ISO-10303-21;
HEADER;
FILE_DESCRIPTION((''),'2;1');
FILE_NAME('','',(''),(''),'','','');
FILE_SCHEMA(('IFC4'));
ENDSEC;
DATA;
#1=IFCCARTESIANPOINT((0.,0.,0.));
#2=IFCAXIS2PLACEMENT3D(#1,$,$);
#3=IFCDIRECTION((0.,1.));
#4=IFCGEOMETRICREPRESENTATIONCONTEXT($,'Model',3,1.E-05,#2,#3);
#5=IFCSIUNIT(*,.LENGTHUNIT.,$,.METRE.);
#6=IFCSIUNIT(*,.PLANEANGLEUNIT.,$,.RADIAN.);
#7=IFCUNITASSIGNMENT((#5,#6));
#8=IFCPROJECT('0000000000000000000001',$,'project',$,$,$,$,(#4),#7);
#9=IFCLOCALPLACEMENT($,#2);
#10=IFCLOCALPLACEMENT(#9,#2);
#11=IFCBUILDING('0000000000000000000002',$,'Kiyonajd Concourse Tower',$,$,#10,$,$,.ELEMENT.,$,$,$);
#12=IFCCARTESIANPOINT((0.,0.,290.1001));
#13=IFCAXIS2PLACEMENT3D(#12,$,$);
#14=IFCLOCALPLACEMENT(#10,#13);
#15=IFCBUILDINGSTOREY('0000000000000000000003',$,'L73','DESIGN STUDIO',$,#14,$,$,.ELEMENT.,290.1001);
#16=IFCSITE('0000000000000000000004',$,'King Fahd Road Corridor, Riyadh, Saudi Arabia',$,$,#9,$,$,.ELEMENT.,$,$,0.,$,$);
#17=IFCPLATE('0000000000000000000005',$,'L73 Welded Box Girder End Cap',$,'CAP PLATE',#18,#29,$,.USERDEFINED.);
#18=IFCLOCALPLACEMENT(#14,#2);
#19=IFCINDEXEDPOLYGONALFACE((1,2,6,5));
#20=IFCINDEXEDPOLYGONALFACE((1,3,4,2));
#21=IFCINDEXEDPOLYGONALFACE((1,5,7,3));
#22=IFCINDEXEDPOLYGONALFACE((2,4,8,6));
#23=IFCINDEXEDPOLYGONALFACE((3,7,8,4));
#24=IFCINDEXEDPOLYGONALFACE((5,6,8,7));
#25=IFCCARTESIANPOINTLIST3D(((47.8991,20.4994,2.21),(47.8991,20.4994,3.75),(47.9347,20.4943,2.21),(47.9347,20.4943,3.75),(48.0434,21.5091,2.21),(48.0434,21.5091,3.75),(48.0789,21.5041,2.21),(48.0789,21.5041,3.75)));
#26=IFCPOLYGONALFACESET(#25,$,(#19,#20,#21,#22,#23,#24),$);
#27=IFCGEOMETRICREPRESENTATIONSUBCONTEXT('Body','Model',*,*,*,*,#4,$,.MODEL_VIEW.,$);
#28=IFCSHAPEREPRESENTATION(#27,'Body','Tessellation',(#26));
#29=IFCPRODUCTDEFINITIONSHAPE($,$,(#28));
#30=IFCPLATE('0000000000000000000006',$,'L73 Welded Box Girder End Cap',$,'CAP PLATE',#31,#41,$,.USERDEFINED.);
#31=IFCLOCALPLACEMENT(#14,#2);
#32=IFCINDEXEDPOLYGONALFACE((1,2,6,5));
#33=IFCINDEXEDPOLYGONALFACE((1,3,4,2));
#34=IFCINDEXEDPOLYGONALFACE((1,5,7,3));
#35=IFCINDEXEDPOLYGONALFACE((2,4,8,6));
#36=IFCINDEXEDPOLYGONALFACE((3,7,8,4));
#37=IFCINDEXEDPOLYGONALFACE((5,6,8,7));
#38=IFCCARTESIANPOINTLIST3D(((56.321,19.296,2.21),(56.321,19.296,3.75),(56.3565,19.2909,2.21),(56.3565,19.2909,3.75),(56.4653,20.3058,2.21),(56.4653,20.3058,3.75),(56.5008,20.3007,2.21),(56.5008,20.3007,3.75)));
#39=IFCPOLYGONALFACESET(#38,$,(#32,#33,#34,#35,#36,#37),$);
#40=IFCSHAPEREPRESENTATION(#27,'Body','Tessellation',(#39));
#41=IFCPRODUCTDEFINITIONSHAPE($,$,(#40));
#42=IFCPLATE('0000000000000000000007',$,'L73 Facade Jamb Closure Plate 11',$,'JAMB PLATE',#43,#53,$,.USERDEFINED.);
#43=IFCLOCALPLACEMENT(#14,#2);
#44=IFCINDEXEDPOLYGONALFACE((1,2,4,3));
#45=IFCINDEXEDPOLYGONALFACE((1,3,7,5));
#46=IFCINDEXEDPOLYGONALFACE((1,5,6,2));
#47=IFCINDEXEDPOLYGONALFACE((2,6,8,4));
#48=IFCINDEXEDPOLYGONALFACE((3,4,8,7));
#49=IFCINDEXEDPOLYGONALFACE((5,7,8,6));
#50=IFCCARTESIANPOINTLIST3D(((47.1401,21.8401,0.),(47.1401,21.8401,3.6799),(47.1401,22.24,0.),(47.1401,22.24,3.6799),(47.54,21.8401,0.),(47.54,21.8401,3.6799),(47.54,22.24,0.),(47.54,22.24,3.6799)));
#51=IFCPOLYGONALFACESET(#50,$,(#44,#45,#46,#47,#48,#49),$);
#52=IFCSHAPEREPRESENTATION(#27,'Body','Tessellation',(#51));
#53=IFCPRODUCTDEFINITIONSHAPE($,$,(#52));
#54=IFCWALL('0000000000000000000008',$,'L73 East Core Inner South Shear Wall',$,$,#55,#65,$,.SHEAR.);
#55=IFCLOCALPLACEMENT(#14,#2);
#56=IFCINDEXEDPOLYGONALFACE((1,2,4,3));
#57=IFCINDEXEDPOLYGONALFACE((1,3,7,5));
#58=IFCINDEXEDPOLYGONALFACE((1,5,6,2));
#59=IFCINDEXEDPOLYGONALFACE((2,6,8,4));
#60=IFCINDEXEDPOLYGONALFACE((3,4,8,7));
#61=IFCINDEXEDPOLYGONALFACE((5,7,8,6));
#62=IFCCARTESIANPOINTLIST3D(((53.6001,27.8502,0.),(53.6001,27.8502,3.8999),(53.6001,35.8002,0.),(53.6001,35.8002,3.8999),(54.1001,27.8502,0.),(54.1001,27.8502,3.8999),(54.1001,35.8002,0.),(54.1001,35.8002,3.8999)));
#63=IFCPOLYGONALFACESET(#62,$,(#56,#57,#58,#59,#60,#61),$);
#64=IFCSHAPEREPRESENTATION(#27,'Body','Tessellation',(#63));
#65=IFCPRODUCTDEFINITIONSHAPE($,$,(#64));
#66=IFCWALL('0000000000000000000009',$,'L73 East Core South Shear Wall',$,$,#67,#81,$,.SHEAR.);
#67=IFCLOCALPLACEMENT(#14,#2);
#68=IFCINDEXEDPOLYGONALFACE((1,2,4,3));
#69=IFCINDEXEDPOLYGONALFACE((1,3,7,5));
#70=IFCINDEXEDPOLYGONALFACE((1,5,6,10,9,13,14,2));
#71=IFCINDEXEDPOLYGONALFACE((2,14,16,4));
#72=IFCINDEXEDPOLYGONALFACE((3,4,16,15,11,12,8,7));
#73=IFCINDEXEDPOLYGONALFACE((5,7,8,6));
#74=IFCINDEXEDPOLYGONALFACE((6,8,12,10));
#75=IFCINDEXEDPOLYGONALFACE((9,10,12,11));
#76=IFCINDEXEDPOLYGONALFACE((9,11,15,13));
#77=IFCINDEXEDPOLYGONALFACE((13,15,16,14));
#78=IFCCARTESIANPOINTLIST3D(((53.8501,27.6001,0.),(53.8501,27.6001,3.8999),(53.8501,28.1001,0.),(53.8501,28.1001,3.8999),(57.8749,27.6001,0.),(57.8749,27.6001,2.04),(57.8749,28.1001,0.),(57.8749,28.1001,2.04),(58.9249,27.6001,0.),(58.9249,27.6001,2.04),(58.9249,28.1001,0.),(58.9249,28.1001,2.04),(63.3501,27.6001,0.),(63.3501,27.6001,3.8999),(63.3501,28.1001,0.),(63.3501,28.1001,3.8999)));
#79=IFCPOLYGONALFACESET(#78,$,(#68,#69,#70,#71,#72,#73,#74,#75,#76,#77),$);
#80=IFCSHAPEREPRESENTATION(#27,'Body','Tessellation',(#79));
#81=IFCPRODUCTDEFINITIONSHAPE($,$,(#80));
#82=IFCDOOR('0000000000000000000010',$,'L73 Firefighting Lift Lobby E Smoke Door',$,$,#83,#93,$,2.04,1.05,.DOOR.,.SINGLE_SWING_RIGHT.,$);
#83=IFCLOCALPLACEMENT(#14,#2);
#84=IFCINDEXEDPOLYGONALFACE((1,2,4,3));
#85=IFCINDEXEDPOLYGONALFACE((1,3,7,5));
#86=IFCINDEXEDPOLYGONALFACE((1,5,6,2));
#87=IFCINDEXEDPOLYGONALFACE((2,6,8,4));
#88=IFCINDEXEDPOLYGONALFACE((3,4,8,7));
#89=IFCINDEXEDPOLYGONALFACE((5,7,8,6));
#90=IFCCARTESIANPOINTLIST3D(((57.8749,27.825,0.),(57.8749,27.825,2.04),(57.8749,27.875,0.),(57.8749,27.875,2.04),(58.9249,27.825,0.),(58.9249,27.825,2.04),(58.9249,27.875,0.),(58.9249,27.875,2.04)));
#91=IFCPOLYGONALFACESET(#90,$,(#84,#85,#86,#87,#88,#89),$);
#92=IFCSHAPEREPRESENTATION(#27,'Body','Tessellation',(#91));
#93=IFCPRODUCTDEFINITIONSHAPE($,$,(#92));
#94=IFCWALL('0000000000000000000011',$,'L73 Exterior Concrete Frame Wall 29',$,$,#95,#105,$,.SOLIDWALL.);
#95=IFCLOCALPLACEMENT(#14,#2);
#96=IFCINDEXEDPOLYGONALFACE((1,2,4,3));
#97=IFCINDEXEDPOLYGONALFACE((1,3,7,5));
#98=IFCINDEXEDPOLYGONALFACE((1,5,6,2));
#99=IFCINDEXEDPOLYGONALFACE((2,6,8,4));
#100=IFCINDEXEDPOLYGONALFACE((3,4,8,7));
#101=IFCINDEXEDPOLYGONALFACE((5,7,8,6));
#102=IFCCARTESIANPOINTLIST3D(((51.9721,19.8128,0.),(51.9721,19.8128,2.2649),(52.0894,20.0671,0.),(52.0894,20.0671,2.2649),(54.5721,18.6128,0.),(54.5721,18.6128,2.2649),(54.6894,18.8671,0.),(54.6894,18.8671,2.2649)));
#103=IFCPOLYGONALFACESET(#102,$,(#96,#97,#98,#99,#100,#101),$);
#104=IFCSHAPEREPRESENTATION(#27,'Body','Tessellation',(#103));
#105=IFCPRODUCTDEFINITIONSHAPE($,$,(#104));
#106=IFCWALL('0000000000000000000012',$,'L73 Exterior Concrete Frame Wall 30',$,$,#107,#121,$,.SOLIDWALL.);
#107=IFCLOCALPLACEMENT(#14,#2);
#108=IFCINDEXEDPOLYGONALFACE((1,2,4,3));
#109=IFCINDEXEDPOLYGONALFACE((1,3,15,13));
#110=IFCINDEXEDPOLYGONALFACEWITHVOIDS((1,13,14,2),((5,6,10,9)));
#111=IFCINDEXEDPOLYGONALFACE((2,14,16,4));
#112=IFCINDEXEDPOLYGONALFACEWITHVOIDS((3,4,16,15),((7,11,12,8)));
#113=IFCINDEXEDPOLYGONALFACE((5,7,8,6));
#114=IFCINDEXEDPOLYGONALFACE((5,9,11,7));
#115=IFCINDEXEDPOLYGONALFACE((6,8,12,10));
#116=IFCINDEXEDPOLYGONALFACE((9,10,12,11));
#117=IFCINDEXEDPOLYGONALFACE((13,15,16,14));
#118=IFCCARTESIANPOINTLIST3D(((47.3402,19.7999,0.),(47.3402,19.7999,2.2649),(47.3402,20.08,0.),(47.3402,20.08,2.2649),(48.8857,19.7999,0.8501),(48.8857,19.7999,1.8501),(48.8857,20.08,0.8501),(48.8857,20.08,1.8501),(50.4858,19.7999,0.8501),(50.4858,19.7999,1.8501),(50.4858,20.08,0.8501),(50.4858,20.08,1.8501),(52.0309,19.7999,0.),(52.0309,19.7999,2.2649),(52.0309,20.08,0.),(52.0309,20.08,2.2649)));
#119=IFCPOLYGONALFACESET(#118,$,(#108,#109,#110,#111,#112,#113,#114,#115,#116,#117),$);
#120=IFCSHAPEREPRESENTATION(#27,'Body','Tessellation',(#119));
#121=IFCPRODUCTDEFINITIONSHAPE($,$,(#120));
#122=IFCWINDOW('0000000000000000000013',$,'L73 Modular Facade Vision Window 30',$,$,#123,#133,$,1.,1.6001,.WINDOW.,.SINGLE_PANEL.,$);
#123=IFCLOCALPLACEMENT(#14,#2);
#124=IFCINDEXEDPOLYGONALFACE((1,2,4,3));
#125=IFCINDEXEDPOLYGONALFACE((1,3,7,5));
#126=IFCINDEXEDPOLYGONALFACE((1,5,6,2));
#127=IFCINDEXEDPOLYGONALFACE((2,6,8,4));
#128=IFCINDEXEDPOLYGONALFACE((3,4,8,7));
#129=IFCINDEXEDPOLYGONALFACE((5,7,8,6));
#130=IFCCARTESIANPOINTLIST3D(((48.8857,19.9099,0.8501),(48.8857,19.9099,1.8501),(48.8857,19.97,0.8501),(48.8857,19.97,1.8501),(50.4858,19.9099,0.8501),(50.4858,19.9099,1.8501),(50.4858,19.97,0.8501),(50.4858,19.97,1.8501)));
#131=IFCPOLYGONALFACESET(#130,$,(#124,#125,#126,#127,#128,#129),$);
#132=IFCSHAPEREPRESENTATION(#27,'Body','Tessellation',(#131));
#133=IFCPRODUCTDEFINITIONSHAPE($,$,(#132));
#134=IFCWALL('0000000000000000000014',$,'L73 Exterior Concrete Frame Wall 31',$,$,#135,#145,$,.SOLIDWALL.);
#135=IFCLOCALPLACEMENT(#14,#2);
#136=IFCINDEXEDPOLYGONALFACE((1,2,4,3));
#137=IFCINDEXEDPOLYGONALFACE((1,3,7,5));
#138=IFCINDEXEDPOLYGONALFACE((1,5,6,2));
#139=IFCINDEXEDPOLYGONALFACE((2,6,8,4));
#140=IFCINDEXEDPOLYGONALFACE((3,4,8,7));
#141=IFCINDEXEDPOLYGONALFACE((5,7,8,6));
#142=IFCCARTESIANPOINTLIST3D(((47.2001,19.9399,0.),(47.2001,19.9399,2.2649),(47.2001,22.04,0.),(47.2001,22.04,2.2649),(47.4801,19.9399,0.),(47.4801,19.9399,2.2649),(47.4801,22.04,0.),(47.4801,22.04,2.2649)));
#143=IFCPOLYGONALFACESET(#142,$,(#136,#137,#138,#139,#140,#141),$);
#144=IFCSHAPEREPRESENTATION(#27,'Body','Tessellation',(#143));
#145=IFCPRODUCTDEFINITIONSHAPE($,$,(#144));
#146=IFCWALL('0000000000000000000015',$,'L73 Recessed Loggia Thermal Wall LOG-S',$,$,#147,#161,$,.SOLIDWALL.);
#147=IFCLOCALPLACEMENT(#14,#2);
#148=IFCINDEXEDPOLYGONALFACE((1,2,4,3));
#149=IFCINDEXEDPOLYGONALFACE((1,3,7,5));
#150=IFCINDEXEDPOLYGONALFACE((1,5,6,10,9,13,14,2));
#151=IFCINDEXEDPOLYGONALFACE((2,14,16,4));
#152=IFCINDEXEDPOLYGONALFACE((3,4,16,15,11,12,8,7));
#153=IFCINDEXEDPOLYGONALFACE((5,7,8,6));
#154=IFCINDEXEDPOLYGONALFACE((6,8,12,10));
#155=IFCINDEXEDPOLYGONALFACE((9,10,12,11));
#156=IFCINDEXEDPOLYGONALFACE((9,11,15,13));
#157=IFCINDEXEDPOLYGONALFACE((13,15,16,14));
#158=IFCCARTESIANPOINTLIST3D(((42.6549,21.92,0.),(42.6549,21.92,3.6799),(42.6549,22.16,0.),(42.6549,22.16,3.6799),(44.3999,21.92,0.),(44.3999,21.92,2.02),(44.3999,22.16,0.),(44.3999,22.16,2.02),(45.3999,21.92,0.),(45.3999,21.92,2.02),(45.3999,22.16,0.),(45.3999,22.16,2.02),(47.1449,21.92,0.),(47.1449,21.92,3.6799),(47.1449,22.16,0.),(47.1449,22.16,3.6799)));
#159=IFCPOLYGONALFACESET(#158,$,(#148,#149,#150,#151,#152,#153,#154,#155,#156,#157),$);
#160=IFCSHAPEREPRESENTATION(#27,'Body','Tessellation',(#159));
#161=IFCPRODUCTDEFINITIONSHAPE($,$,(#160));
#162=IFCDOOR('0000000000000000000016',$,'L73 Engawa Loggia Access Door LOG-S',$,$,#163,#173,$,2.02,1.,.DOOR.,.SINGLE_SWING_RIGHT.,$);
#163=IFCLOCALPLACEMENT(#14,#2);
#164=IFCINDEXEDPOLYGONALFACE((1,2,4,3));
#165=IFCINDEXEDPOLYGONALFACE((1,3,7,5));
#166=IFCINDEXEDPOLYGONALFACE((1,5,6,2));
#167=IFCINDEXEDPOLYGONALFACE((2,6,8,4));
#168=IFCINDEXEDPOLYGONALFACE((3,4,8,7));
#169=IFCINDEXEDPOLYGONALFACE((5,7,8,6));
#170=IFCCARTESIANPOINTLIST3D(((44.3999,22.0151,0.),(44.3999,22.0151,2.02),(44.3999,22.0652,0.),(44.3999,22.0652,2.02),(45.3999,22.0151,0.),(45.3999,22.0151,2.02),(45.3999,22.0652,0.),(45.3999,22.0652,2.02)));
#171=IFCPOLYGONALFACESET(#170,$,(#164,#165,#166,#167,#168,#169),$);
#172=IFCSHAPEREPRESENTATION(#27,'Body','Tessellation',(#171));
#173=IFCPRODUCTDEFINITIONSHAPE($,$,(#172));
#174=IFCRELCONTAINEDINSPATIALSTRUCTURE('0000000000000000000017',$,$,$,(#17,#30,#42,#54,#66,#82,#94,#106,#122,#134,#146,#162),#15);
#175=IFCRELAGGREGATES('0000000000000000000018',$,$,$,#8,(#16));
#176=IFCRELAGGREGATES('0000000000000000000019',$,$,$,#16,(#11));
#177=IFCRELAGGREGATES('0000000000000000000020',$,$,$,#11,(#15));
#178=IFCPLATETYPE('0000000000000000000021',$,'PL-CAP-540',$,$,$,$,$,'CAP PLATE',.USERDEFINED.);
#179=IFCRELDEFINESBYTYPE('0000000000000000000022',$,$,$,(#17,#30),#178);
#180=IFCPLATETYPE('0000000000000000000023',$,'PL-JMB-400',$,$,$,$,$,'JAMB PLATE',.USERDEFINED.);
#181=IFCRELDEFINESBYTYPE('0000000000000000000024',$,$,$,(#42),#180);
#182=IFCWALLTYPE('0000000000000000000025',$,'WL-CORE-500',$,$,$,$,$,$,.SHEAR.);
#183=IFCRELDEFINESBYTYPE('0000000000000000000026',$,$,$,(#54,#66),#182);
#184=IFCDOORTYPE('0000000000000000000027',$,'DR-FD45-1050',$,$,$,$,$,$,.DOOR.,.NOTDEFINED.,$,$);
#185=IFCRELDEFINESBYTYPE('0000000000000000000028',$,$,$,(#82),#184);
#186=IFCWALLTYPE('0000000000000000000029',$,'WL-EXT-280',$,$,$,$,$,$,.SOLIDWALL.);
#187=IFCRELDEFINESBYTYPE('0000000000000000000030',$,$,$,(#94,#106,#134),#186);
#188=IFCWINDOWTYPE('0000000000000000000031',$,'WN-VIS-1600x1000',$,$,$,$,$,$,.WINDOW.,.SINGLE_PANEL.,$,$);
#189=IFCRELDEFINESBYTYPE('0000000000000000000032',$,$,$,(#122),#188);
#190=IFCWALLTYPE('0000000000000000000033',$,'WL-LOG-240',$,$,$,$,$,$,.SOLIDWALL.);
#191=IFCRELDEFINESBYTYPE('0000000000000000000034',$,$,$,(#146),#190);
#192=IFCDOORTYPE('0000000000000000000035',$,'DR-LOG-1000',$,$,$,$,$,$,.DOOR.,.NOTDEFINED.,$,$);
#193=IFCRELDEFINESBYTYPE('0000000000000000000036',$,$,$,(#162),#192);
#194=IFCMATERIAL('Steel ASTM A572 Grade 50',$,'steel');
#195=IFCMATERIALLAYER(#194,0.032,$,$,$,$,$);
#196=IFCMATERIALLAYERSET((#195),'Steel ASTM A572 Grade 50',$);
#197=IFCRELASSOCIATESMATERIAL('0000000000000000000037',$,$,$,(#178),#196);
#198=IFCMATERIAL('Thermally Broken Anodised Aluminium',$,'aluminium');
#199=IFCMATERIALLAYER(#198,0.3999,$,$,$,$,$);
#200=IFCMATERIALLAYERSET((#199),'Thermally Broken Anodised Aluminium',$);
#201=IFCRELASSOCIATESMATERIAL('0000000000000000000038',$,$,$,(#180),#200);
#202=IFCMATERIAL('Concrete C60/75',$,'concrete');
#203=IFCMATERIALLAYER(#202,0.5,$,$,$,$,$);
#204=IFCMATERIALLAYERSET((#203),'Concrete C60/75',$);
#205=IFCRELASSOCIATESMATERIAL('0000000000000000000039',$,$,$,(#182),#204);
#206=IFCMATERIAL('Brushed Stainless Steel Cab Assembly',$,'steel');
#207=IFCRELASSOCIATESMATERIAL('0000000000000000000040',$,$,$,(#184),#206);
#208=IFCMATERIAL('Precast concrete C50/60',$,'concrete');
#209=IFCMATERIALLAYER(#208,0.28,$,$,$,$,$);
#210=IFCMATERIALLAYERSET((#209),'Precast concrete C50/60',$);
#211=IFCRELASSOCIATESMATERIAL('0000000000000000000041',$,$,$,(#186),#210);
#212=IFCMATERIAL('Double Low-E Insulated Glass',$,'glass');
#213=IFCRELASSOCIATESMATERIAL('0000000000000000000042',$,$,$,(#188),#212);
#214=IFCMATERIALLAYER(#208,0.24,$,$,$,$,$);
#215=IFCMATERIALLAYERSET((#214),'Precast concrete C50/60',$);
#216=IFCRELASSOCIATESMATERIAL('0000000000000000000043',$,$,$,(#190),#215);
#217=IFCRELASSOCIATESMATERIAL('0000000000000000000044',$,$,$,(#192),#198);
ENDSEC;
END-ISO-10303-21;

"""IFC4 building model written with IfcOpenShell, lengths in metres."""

from ifc_helpers import new_model, si_unit, direction, frame, frame_2d, origin, origin_2d, place, context, subcontext, project, spatial, rectangle, extrude, material, layer, layer_set, type_object, element, fill, save


model = new_model("IFC4")

# Units and contexts
model_context = context("Model", 3, precision=1e-05, world=origin(), true_north=direction((0.0, 1.0)))
body_context = subcontext(model_context, "Body", "Model", "MODEL_VIEW")
ifc_project = project(units=[si_unit("LENGTHUNIT", "METRE"), si_unit("PLANEANGLEUNIT", "RADIAN")], contexts=[model_context])

# Site, building, storey
site_placement = place(None, origin())
site = spatial("IfcSite", under=ifc_project, at=site_placement, Name="King Fahd Road Corridor, Riyadh, Saudi Arabia", CompositionType="ELEMENT", RefElevation=0.0)
building_placement = place(site_placement, origin())
building = spatial("IfcBuilding", under=site, at=building_placement, Name="Kiyonajd Concourse Tower", CompositionType="ELEMENT")
storey_placement = place(building_placement, frame((0.0, 0.0, 290.1001)))
storey = spatial("IfcBuildingStorey", under=building, at=storey_placement, Name="L73", Description="DESIGN STUDIO", CompositionType="ELEMENT", Elevation=290.1001)

# Shared definitions
ifc_material_1 = material(Name="Concrete C60/75", Category="concrete")

# Shared definitions
ifc_material_2 = material(Name="Steel ASTM A572 Grade 50", Category="steel")

# Plates
ifc_layer_1 = layer(ifc_material_2, 0.032)
ifc_layer_set_1 = layer_set([ifc_layer_1], Name="Steel ASTM A572 Grade 50")
plate_type_1 = type_object("IfcPlateType", Name="PL-CAP-540", ElementType="CAP PLATE", PredefinedType="USERDEFINED", material=ifc_layer_set_1)
for number, where, z_axis, x_axis, name in (
    (1, (47.989, 21.0017, 2.21), (0.0, 0.0, 1.0), (-0.98995, 0.14142, 0.0), "L73 Welded Box Girder End Cap"),
    (2, (56.4109, 19.7983, 2.21), (0.0, 0.0, 1.0), (0.98995, -0.14142, 0.0), "L73 Welded Box Girder End Cap"),
):
    element("IfcPlate", number, at=place(storey_placement, frame(where, z_axis=z_axis, x_axis=x_axis)), inside=storey, type_object=plate_type_1, Name=name, ObjectType="CAP PLATE", PredefinedType="USERDEFINED", context=body_context, shape_type="SweptSolid", body=[
        extrude(rectangle(XDim=0.0359, YDim=1.02, at=origin_2d()), origin(), (0.0, 0.0, 1.0), 1.54),
    ])
ifc_material_3 = material(Name="Thermally Broken Anodised Aluminium", Category="aluminium")
ifc_layer_2 = layer(ifc_material_3, 0.3999)
ifc_layer_set_2 = layer_set([ifc_layer_2], Name="Thermally Broken Anodised Aluminium")
plate_type_2 = type_object("IfcPlateType", Name="PL-JMB-400", ElementType="JAMB PLATE", PredefinedType="USERDEFINED", material=ifc_layer_set_2)
plate_placement = place(storey_placement, frame((47.3401, 22.04, 0.0), z_axis=(0.0, 0.0, 1.0), x_axis=(1.0, 0.0, 0.0)))
element("IfcPlate", 3, at=plate_placement, inside=storey, type_object=plate_type_2, Name="L73 Facade Jamb Closure Plate 11", ObjectType="JAMB PLATE", PredefinedType="USERDEFINED", context=body_context, shape_type="SweptSolid", body=[
    extrude(rectangle(XDim=0.3999, YDim=0.3999, at=origin_2d()), origin(), (0.0, 0.0, 1.0), 3.6799),
])

# Wall
ifc_layer_3 = layer(ifc_material_1, 0.5)
ifc_layer_set_3 = layer_set([ifc_layer_3], Name="Concrete C60/75")
wall_type_1 = type_object("IfcWallType", Name="WL-CORE-500", PredefinedType="SHEAR", material=ifc_layer_set_3)
wall_1_placement = place(storey_placement, frame((53.8501, 27.8501, 0.0), z_axis=(0.0, 0.0, 1.0), x_axis=(0.0, 1.0, 0.0)))
element("IfcWall", 4, at=wall_1_placement, inside=storey, type_object=wall_type_1, Name="L73 East Core Inner South Shear Wall", PredefinedType="SHEAR", context=body_context, shape_type="SweptSolid", body=[
    extrude(rectangle(XDim=7.95, YDim=0.5, at=frame_2d((3.9751, 0.0))), origin(), (0.0, 0.0, 1.0), 3.8999),
])

# Wall, opening, door
wall_2_placement = place(storey_placement, frame((53.8501, 27.8501, 0.0), z_axis=(0.0, 0.0, 1.0), x_axis=(1.0, 0.0, 0.0)))
wall_2 = element("IfcWall", 5, at=wall_2_placement, inside=storey, type_object=wall_type_1, Name="L73 East Core South Shear Wall", PredefinedType="SHEAR", context=body_context, shape_type="SweptSolid", body=[
    extrude(rectangle(XDim=9.5, YDim=0.5, at=frame_2d((4.75, 0.0))), origin(), (0.0, 0.0, 1.0), 3.8999),
])
opening_1_placement = place(wall_2_placement, frame((4.0249, 0.0, 0.0)))
opening_1 = element("IfcOpeningElement", 6, at=opening_1_placement, cuts=wall_2, PredefinedType="OPENING", context=body_context, shape_type="SweptSolid", body=[
    extrude(rectangle(XDim=1.05, YDim=2.04, at=frame_2d((0.5249, 1.02))), frame((0.0, 0.26, 0.0), z_axis=(0.0, -1.0, 0.0), x_axis=(1.0, 0.0, 0.0)), (0.0, 0.0, 1.0), 0.52),
])
ifc_material_4 = material(Name="Brushed Stainless Steel Cab Assembly", Category="steel")
door_type_1 = type_object("IfcDoorType", Name="DR-FD45-1050", OperationType="NOTDEFINED", PredefinedType="DOOR", material=ifc_material_4)
door_1_placement = place(opening_1_placement, origin())
door_1 = element("IfcDoor", 7, at=door_1_placement, inside=storey, type_object=door_type_1, Name="L73 Firefighting Lift Lobby E Smoke Door", OperationType="SINGLE_SWING_RIGHT", OverallHeight=2.04, OverallWidth=1.05, PredefinedType="DOOR", context=body_context, shape_type="SweptSolid", body=[
    extrude(rectangle(XDim=1.05, YDim=2.04, at=frame_2d((0.5249, 1.02))), frame((0.0, 0.0249, 0.0), z_axis=(0.0, -1.0, 0.0), x_axis=(1.0, 0.0, 0.0)), (0.0, 0.0, 1.0), 0.05),
])
fill(opening_1, door_1)

# Wall
ifc_material_5 = material(Name="Precast concrete C50/60", Category="concrete")
ifc_layer_4 = layer(ifc_material_5, 0.28)
ifc_layer_set_4 = layer_set([ifc_layer_4], Name="Precast concrete C50/60")
wall_type_2 = type_object("IfcWallType", Name="WL-EXT-280", PredefinedType="SOLIDWALL", material=ifc_layer_set_4)
wall_3_placement = place(storey_placement, frame((54.6306, 18.74, 0.0), z_axis=(0.0, 0.0, 1.0), x_axis=(-0.907957, 0.419064, 0.0)))
element("IfcWall", 8, at=wall_3_placement, inside=storey, type_object=wall_type_2, Name="L73 Exterior Concrete Frame Wall 29", PredefinedType="SOLIDWALL", context=body_context, shape_type="SweptSolid", body=[
    extrude(rectangle(XDim=2.8635, YDim=0.28, at=frame_2d((1.4316, 0.0))), origin(), (0.0, 0.0, 1.0), 2.2649),
])

# Wall, opening, window
wall_4_placement = place(storey_placement, frame((52.0308, 19.9399, 0.0), z_axis=(0.0, 0.0, 1.0), x_axis=(-1.0, 0.0, 0.0)))
wall_4 = element("IfcWall", 9, at=wall_4_placement, inside=storey, type_object=wall_type_2, Name="L73 Exterior Concrete Frame Wall 30", PredefinedType="SOLIDWALL", context=body_context, shape_type="SweptSolid", body=[
    extrude(rectangle(XDim=4.6907, YDim=0.28, at=frame_2d((2.3452, 0.0))), origin(), (0.0, 0.0, 1.0), 2.2649),
])
opening_2_placement = place(wall_4_placement, frame((1.5449, 0.0, 0.8501)))
opening_2 = element("IfcOpeningElement", 10, at=opening_2_placement, cuts=wall_4, PredefinedType="OPENING", context=body_context, shape_type="SweptSolid", body=[
    extrude(rectangle(XDim=1.6001, YDim=1.0, at=frame_2d((0.8, 0.5))), frame((0.0, 0.1499, 0.0), z_axis=(0.0, -1.0, 0.0), x_axis=(1.0, 0.0, 0.0)), (0.0, 0.0, 1.0), 0.3),
])
ifc_material_6 = material(Name="Double Low-E Insulated Glass", Category="glass")
window_type = type_object("IfcWindowType", Name="WN-VIS-1600x1000", PartitioningType="SINGLE_PANEL", PredefinedType="WINDOW", material=ifc_material_6)
window_placement = place(opening_2_placement, origin())
window = element("IfcWindow", 11, at=window_placement, inside=storey, type_object=window_type, Name="L73 Modular Facade Vision Window 30", OverallHeight=1.0, OverallWidth=1.6001, PartitioningType="SINGLE_PANEL", PredefinedType="WINDOW", context=body_context, shape_type="SweptSolid", body=[
    extrude(rectangle(XDim=1.6001, YDim=1.0, at=frame_2d((0.8, 0.5))), frame((0.0, 0.03, 0.0), z_axis=(0.0, -1.0, 0.0), x_axis=(1.0, 0.0, 0.0)), (0.0, 0.0, 1.0), 0.0601),
])
fill(opening_2, window)

# Wall
wall_5_placement = place(storey_placement, frame((47.3401, 19.9399, 0.0), z_axis=(0.0, 0.0, 1.0), x_axis=(0.0, 1.0, 0.0)))
element("IfcWall", 12, at=wall_5_placement, inside=storey, type_object=wall_type_2, Name="L73 Exterior Concrete Frame Wall 31", PredefinedType="SOLIDWALL", context=body_context, shape_type="SweptSolid", body=[
    extrude(rectangle(XDim=2.1001, YDim=0.28, at=frame_2d((1.05, 0.0))), origin(), (0.0, 0.0, 1.0), 2.2649),
])

# Wall, opening, door
ifc_layer_5 = layer(ifc_material_5, 0.24)
ifc_layer_set_5 = layer_set([ifc_layer_5], Name="Precast concrete C50/60")
wall_type_3 = type_object("IfcWallType", Name="WL-LOG-240", PredefinedType="SOLIDWALL", material=ifc_layer_set_5)
wall_6_placement = place(storey_placement, frame((47.145, 22.04, 0.0), z_axis=(0.0, 0.0, 1.0), x_axis=(-1.0, 0.0, 0.0)))
wall_6 = element("IfcWall", 13, at=wall_6_placement, inside=storey, type_object=wall_type_3, Name="L73 Recessed Loggia Thermal Wall LOG-S", PredefinedType="SOLIDWALL", context=body_context, shape_type="SweptSolid", body=[
    extrude(rectangle(XDim=4.49, YDim=0.24, at=frame_2d((2.2451, 0.0))), origin(), (0.0, 0.0, 1.0), 3.6799),
])
opening_3_placement = place(wall_6_placement, frame((1.7451, 0.0, 0.0)))
opening_3 = element("IfcOpeningElement", 14, at=opening_3_placement, cuts=wall_6, PredefinedType="OPENING", context=body_context, shape_type="SweptSolid", body=[
    extrude(rectangle(XDim=1.0, YDim=2.02, at=frame_2d((0.5, 1.01))), frame((0.0, 0.1299, 0.0), z_axis=(0.0, -1.0, 0.0), x_axis=(1.0, 0.0, 0.0)), (0.0, 0.0, 1.0), 0.26),
])
door_type_2 = type_object("IfcDoorType", Name="DR-LOG-1000", OperationType="NOTDEFINED", PredefinedType="DOOR", material=ifc_material_3)
door_2_placement = place(opening_3_placement, origin())
door_2 = element("IfcDoor", 15, at=door_2_placement, inside=storey, type_object=door_type_2, Name="L73 Engawa Loggia Access Door LOG-S", OperationType="SINGLE_SWING_RIGHT", OverallHeight=2.02, OverallWidth=1.0, PredefinedType="DOOR", context=body_context, shape_type="SweptSolid", body=[
    extrude(rectangle(XDim=1.0, YDim=2.02, at=frame_2d((0.5, 1.01))), frame((0.0, 0.0249, 0.0), z_axis=(0.0, -1.0, 0.0), x_axis=(1.0, 0.0, 0.0)), (0.0, 0.0, 1.0), 0.05),
])
fill(opening_3, door_2)

save(model, "model.ifc")
